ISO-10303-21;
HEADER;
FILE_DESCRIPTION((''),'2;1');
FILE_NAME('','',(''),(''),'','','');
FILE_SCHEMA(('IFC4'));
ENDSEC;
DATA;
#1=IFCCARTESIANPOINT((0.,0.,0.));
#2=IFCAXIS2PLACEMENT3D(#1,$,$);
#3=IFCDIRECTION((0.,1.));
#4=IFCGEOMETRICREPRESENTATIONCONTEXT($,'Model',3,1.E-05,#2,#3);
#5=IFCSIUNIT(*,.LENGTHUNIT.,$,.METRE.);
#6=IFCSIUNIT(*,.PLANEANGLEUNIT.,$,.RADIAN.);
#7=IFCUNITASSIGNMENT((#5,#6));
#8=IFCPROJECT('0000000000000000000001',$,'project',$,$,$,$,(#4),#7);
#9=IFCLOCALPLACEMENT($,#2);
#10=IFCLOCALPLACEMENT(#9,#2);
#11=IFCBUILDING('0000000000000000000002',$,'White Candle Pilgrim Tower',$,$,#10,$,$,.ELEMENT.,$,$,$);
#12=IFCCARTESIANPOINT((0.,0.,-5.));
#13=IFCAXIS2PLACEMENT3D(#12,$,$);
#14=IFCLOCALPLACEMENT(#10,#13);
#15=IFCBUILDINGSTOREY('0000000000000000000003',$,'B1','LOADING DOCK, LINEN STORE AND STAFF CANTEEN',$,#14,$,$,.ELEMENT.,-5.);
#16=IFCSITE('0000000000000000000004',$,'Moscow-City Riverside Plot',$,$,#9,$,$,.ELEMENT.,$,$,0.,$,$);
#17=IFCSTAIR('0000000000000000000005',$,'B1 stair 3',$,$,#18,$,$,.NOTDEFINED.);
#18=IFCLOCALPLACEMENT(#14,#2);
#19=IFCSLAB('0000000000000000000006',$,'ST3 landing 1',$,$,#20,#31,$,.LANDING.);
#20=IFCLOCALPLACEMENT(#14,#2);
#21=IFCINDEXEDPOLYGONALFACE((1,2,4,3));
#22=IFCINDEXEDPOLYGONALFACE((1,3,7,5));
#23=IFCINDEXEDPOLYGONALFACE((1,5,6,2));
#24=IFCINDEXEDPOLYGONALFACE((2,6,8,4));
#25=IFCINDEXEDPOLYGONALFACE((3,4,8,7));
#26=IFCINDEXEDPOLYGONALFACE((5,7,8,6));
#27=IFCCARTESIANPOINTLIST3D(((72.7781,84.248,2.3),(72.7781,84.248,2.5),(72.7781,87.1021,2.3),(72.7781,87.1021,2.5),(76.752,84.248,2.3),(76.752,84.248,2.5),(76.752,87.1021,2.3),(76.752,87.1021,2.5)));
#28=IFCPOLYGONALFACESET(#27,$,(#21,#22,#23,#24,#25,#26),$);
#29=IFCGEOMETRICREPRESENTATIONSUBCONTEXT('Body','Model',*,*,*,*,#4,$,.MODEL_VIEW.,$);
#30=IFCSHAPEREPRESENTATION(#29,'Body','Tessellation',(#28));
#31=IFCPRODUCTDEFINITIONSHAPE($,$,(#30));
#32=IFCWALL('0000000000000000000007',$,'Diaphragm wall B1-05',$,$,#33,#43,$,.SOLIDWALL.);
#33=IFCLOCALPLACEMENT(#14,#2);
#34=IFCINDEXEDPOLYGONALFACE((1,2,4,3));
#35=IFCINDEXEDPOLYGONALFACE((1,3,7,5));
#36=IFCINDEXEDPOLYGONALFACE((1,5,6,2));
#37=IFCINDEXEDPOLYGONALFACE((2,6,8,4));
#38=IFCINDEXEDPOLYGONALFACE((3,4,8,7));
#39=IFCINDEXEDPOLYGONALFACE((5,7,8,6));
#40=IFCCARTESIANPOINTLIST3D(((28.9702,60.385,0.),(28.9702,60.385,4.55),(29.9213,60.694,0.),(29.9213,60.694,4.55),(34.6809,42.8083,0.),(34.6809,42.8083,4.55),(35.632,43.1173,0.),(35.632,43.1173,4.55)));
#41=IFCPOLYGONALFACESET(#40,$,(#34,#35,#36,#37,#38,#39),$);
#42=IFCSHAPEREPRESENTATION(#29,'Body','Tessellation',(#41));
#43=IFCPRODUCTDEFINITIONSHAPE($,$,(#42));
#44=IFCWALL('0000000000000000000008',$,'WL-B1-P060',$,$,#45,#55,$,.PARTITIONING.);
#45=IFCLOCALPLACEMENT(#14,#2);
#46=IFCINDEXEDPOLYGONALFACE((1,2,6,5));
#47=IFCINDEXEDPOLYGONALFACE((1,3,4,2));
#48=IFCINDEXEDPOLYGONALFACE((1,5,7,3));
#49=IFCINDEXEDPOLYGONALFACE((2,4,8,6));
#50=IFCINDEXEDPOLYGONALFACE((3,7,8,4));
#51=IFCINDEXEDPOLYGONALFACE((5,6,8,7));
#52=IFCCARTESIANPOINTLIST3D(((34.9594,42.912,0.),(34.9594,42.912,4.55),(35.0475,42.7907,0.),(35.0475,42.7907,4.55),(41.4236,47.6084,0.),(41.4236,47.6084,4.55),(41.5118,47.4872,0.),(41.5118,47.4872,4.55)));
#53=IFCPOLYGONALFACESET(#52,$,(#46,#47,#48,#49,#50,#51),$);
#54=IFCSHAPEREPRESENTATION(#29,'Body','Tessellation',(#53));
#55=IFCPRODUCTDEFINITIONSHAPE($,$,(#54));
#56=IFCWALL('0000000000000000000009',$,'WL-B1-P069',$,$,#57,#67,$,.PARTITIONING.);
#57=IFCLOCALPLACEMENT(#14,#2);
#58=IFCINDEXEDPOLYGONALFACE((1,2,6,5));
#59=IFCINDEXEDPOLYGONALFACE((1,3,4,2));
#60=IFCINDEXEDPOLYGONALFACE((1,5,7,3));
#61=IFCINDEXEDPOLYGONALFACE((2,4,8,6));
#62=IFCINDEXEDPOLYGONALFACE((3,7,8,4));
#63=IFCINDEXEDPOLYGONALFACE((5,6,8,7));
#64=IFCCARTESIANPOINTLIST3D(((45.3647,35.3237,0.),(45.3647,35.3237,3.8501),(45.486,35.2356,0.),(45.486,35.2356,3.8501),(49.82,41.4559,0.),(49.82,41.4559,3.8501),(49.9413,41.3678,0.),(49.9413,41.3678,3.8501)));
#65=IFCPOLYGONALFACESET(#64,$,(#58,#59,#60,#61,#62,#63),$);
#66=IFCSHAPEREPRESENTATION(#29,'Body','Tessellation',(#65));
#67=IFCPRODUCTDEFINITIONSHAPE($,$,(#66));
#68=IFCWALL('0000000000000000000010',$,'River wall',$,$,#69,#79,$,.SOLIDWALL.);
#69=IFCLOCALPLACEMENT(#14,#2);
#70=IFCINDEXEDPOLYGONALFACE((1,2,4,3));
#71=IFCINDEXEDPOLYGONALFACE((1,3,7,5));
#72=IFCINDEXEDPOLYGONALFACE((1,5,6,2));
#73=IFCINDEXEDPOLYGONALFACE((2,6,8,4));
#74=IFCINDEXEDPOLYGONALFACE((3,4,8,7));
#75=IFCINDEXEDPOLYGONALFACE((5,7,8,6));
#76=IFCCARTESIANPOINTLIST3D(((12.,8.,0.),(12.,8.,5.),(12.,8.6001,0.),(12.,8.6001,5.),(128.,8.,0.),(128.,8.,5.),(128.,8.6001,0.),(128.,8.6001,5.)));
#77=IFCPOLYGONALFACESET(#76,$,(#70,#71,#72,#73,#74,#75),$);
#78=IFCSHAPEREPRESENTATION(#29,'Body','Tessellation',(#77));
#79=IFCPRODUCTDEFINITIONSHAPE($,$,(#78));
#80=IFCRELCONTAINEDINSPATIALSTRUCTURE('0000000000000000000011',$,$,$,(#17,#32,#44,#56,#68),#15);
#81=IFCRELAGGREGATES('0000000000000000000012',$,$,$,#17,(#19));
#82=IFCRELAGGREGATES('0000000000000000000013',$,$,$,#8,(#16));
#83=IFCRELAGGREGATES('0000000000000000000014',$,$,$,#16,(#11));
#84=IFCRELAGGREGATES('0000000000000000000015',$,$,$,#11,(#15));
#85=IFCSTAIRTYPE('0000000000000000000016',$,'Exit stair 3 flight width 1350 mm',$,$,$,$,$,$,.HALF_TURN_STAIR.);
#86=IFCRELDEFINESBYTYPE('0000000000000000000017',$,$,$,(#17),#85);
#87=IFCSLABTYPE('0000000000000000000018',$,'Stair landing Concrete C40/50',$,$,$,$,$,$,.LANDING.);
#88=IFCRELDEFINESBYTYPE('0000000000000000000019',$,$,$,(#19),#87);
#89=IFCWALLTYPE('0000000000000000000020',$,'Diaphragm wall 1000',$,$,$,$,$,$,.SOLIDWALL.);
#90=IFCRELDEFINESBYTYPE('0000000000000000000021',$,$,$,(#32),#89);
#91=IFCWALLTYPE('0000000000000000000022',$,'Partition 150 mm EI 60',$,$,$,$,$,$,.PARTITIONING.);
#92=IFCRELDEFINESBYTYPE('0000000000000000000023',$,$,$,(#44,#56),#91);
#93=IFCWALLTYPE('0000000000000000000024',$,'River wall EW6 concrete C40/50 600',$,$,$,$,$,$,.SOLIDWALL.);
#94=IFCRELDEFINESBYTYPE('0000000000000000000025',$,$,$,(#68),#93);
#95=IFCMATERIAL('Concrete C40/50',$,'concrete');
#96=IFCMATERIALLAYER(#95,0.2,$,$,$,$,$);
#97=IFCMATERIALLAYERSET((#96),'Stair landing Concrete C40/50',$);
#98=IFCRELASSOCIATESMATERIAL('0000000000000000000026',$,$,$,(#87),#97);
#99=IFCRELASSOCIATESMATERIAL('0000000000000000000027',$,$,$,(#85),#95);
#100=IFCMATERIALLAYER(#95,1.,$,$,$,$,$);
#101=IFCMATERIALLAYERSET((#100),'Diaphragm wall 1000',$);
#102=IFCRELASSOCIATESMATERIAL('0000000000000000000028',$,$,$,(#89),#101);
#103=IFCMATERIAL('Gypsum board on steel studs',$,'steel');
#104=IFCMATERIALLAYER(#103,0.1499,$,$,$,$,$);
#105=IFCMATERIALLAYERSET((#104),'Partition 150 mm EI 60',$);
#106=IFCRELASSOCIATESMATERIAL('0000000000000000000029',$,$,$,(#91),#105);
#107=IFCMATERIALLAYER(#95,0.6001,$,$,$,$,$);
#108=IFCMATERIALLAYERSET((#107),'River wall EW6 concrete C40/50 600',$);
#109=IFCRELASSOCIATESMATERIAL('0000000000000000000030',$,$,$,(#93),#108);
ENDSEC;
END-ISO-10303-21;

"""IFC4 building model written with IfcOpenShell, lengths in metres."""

from ifc_helpers import new_model, si_unit, direction, frame, frame_2d, origin, place, context, subcontext, project, spatial, polyline, rectangle, outline, extrude, material, layer, layer_set, type_object, element, aggregate, save


model = new_model("IFC4")

# Units and contexts
model_context = context("Model", 3, precision=1e-05, world=origin(), true_north=direction((0.0, 1.0)))
body_context = subcontext(model_context, "Body", "Model", "MODEL_VIEW")
ifc_project = project(units=[si_unit("LENGTHUNIT", "METRE"), si_unit("PLANEANGLEUNIT", "RADIAN")], contexts=[model_context])

# Site, building, storey
site_placement = place(None, origin())
site = spatial("IfcSite", under=ifc_project, at=site_placement, Name="Moscow-City Riverside Plot", CompositionType="ELEMENT", RefElevation=0.0)
building_placement = place(site_placement, origin())
building = spatial("IfcBuilding", under=site, at=building_placement, Name="White Candle Pilgrim Tower", CompositionType="ELEMENT")
storey_placement = place(building_placement, frame((0.0, 0.0, -5.0)))
storey = spatial("IfcBuildingStorey", under=building, at=storey_placement, Name="B1", Description="LOADING DOCK, LINEN STORE AND STAFF CANTEEN", CompositionType="ELEMENT", Elevation=-5.0)

# Shared definitions
ifc_material_1 = material(Name="Concrete C40/50", Category="concrete")

# Stair, slab
ifc_layer_1 = layer(ifc_material_1, 0.2)
ifc_layer_set_1 = layer_set([ifc_layer_1], Name="Stair landing Concrete C40/50")
slab_type_1 = type_object("IfcSlabType", Name="Stair landing Concrete C40/50", PredefinedType="LANDING", material=ifc_layer_set_1)
stair_type_1 = type_object("IfcStairType", Name="Exit stair 3 flight width 1350 mm", PredefinedType="HALF_TURN_STAIR", material=ifc_material_1)
stair_1_placement = place(storey_placement, origin())
stair_1 = element("IfcStair", 1, at=stair_1_placement, inside=storey, type_object=stair_type_1, Name="B1 stair 3", PredefinedType="NOTDEFINED")
slab_1_placement = place(storey_placement, frame((0.0, 0.0, 2.3)))
slab_1 = element("IfcSlab", 2, at=slab_1_placement, type_object=slab_type_1, Name="ST3 landing 1", PredefinedType="LANDING", context=body_context, shape_type="SweptSolid", body=[
    extrude(outline(polyline([(72.7781, 84.248), (72.7781, 87.1021), (76.752, 87.1021), (76.752, 84.248), (72.7781, 84.248)])), origin(), (0.0, 0.0, 1.0), 0.2),
])
aggregate(stair_1, [slab_1])

# Walls
ifc_layer_2 = layer(ifc_material_1, 1.0)
ifc_layer_set_2 = layer_set([ifc_layer_2], Name="Diaphragm wall 1000")
wall_type_1 = type_object("IfcWallType", Name="Diaphragm wall 1000", PredefinedType="SOLIDWALL", material=ifc_layer_set_2)
wall_1_placement = place(storey_placement, frame((35.1565, 42.9626, 0.0), z_axis=(0.0, 0.0, 1.0), x_axis=(-0.309002, 0.951061, 0.0)))
element("IfcWall", 3, at=wall_1_placement, inside=storey, type_object=wall_type_1, Name="Diaphragm wall B1-05", PredefinedType="SOLIDWALL", context=body_context, shape_type="SweptSolid", body=[
    extrude(rectangle(XDim=18.4812, YDim=1.0, at=frame_2d((9.2407, 0.0))), origin(), (0.0, 0.0, 1.0), 4.55),
])
ifc_material_2 = material(Name="Gypsum board on steel studs", Category="steel")
ifc_layer_3 = layer(ifc_material_2, 0.1499)
ifc_layer_set_3 = layer_set([ifc_layer_3], Name="Partition 150 mm EI 60")
wall_type_2 = type_object("IfcWallType", Name="Partition 150 mm EI 60", PredefinedType="PARTITIONING", material=ifc_layer_set_3)
wall_2_placement = place(storey_placement, frame((35.0034, 42.8513, 0.0), z_axis=(0.0, 0.0, 1.0), x_axis=(0.809023, 0.587777, 0.0)))
element("IfcWall", 4, at=wall_2_placement, inside=storey, type_object=wall_type_2, Name="WL-B1-P060", PredefinedType="PARTITIONING", context=body_context, shape_type="SweptSolid", body=[
    extrude(rectangle(XDim=7.9902, YDim=0.1499, at=frame_2d((3.9951, 0.0))), origin(), (0.0, 0.0, 1.0), 4.55),
])
wall_3_placement = place(storey_placement, frame((45.4253, 35.2795, 0.0), z_axis=(0.0, 0.0, 1.0), x_axis=(0.587779, 0.809022, 0.0)))
element("IfcWall", 5, at=wall_3_placement, inside=storey, type_object=wall_type_2, Name="WL-B1-P069", PredefinedType="PARTITIONING", context=body_context, shape_type="SweptSolid", body=[
    extrude(rectangle(XDim=7.5798, YDim=0.1499, at=frame_2d((3.79, 0.0))), origin(), (0.0, 0.0, 1.0), 3.8501),
])
ifc_layer_4 = layer(ifc_material_1, 0.6001)
ifc_layer_set_4 = layer_set([ifc_layer_4], Name="River wall EW6 concrete C40/50 600")
wall_type_3 = type_object("IfcWallType", Name="River wall EW6 concrete C40/50 600", PredefinedType="SOLIDWALL", material=ifc_layer_set_4)
wall_4_placement = place(storey_placement, frame((12.0, 8.3, 0.0), z_axis=(0.0, 0.0, 1.0), x_axis=(1.0, 0.0, 0.0)))
element("IfcWall", 6, at=wall_4_placement, inside=storey, type_object=wall_type_3, Name="River wall", PredefinedType="SOLIDWALL", context=body_context, shape_type="SweptSolid", body=[
    extrude(rectangle(XDim=116.0, YDim=0.6001, at=frame_2d((58.0, 0.0))), origin(), (0.0, 0.0, 1.0), 5.0),
])

save(model, "model.ifc")
